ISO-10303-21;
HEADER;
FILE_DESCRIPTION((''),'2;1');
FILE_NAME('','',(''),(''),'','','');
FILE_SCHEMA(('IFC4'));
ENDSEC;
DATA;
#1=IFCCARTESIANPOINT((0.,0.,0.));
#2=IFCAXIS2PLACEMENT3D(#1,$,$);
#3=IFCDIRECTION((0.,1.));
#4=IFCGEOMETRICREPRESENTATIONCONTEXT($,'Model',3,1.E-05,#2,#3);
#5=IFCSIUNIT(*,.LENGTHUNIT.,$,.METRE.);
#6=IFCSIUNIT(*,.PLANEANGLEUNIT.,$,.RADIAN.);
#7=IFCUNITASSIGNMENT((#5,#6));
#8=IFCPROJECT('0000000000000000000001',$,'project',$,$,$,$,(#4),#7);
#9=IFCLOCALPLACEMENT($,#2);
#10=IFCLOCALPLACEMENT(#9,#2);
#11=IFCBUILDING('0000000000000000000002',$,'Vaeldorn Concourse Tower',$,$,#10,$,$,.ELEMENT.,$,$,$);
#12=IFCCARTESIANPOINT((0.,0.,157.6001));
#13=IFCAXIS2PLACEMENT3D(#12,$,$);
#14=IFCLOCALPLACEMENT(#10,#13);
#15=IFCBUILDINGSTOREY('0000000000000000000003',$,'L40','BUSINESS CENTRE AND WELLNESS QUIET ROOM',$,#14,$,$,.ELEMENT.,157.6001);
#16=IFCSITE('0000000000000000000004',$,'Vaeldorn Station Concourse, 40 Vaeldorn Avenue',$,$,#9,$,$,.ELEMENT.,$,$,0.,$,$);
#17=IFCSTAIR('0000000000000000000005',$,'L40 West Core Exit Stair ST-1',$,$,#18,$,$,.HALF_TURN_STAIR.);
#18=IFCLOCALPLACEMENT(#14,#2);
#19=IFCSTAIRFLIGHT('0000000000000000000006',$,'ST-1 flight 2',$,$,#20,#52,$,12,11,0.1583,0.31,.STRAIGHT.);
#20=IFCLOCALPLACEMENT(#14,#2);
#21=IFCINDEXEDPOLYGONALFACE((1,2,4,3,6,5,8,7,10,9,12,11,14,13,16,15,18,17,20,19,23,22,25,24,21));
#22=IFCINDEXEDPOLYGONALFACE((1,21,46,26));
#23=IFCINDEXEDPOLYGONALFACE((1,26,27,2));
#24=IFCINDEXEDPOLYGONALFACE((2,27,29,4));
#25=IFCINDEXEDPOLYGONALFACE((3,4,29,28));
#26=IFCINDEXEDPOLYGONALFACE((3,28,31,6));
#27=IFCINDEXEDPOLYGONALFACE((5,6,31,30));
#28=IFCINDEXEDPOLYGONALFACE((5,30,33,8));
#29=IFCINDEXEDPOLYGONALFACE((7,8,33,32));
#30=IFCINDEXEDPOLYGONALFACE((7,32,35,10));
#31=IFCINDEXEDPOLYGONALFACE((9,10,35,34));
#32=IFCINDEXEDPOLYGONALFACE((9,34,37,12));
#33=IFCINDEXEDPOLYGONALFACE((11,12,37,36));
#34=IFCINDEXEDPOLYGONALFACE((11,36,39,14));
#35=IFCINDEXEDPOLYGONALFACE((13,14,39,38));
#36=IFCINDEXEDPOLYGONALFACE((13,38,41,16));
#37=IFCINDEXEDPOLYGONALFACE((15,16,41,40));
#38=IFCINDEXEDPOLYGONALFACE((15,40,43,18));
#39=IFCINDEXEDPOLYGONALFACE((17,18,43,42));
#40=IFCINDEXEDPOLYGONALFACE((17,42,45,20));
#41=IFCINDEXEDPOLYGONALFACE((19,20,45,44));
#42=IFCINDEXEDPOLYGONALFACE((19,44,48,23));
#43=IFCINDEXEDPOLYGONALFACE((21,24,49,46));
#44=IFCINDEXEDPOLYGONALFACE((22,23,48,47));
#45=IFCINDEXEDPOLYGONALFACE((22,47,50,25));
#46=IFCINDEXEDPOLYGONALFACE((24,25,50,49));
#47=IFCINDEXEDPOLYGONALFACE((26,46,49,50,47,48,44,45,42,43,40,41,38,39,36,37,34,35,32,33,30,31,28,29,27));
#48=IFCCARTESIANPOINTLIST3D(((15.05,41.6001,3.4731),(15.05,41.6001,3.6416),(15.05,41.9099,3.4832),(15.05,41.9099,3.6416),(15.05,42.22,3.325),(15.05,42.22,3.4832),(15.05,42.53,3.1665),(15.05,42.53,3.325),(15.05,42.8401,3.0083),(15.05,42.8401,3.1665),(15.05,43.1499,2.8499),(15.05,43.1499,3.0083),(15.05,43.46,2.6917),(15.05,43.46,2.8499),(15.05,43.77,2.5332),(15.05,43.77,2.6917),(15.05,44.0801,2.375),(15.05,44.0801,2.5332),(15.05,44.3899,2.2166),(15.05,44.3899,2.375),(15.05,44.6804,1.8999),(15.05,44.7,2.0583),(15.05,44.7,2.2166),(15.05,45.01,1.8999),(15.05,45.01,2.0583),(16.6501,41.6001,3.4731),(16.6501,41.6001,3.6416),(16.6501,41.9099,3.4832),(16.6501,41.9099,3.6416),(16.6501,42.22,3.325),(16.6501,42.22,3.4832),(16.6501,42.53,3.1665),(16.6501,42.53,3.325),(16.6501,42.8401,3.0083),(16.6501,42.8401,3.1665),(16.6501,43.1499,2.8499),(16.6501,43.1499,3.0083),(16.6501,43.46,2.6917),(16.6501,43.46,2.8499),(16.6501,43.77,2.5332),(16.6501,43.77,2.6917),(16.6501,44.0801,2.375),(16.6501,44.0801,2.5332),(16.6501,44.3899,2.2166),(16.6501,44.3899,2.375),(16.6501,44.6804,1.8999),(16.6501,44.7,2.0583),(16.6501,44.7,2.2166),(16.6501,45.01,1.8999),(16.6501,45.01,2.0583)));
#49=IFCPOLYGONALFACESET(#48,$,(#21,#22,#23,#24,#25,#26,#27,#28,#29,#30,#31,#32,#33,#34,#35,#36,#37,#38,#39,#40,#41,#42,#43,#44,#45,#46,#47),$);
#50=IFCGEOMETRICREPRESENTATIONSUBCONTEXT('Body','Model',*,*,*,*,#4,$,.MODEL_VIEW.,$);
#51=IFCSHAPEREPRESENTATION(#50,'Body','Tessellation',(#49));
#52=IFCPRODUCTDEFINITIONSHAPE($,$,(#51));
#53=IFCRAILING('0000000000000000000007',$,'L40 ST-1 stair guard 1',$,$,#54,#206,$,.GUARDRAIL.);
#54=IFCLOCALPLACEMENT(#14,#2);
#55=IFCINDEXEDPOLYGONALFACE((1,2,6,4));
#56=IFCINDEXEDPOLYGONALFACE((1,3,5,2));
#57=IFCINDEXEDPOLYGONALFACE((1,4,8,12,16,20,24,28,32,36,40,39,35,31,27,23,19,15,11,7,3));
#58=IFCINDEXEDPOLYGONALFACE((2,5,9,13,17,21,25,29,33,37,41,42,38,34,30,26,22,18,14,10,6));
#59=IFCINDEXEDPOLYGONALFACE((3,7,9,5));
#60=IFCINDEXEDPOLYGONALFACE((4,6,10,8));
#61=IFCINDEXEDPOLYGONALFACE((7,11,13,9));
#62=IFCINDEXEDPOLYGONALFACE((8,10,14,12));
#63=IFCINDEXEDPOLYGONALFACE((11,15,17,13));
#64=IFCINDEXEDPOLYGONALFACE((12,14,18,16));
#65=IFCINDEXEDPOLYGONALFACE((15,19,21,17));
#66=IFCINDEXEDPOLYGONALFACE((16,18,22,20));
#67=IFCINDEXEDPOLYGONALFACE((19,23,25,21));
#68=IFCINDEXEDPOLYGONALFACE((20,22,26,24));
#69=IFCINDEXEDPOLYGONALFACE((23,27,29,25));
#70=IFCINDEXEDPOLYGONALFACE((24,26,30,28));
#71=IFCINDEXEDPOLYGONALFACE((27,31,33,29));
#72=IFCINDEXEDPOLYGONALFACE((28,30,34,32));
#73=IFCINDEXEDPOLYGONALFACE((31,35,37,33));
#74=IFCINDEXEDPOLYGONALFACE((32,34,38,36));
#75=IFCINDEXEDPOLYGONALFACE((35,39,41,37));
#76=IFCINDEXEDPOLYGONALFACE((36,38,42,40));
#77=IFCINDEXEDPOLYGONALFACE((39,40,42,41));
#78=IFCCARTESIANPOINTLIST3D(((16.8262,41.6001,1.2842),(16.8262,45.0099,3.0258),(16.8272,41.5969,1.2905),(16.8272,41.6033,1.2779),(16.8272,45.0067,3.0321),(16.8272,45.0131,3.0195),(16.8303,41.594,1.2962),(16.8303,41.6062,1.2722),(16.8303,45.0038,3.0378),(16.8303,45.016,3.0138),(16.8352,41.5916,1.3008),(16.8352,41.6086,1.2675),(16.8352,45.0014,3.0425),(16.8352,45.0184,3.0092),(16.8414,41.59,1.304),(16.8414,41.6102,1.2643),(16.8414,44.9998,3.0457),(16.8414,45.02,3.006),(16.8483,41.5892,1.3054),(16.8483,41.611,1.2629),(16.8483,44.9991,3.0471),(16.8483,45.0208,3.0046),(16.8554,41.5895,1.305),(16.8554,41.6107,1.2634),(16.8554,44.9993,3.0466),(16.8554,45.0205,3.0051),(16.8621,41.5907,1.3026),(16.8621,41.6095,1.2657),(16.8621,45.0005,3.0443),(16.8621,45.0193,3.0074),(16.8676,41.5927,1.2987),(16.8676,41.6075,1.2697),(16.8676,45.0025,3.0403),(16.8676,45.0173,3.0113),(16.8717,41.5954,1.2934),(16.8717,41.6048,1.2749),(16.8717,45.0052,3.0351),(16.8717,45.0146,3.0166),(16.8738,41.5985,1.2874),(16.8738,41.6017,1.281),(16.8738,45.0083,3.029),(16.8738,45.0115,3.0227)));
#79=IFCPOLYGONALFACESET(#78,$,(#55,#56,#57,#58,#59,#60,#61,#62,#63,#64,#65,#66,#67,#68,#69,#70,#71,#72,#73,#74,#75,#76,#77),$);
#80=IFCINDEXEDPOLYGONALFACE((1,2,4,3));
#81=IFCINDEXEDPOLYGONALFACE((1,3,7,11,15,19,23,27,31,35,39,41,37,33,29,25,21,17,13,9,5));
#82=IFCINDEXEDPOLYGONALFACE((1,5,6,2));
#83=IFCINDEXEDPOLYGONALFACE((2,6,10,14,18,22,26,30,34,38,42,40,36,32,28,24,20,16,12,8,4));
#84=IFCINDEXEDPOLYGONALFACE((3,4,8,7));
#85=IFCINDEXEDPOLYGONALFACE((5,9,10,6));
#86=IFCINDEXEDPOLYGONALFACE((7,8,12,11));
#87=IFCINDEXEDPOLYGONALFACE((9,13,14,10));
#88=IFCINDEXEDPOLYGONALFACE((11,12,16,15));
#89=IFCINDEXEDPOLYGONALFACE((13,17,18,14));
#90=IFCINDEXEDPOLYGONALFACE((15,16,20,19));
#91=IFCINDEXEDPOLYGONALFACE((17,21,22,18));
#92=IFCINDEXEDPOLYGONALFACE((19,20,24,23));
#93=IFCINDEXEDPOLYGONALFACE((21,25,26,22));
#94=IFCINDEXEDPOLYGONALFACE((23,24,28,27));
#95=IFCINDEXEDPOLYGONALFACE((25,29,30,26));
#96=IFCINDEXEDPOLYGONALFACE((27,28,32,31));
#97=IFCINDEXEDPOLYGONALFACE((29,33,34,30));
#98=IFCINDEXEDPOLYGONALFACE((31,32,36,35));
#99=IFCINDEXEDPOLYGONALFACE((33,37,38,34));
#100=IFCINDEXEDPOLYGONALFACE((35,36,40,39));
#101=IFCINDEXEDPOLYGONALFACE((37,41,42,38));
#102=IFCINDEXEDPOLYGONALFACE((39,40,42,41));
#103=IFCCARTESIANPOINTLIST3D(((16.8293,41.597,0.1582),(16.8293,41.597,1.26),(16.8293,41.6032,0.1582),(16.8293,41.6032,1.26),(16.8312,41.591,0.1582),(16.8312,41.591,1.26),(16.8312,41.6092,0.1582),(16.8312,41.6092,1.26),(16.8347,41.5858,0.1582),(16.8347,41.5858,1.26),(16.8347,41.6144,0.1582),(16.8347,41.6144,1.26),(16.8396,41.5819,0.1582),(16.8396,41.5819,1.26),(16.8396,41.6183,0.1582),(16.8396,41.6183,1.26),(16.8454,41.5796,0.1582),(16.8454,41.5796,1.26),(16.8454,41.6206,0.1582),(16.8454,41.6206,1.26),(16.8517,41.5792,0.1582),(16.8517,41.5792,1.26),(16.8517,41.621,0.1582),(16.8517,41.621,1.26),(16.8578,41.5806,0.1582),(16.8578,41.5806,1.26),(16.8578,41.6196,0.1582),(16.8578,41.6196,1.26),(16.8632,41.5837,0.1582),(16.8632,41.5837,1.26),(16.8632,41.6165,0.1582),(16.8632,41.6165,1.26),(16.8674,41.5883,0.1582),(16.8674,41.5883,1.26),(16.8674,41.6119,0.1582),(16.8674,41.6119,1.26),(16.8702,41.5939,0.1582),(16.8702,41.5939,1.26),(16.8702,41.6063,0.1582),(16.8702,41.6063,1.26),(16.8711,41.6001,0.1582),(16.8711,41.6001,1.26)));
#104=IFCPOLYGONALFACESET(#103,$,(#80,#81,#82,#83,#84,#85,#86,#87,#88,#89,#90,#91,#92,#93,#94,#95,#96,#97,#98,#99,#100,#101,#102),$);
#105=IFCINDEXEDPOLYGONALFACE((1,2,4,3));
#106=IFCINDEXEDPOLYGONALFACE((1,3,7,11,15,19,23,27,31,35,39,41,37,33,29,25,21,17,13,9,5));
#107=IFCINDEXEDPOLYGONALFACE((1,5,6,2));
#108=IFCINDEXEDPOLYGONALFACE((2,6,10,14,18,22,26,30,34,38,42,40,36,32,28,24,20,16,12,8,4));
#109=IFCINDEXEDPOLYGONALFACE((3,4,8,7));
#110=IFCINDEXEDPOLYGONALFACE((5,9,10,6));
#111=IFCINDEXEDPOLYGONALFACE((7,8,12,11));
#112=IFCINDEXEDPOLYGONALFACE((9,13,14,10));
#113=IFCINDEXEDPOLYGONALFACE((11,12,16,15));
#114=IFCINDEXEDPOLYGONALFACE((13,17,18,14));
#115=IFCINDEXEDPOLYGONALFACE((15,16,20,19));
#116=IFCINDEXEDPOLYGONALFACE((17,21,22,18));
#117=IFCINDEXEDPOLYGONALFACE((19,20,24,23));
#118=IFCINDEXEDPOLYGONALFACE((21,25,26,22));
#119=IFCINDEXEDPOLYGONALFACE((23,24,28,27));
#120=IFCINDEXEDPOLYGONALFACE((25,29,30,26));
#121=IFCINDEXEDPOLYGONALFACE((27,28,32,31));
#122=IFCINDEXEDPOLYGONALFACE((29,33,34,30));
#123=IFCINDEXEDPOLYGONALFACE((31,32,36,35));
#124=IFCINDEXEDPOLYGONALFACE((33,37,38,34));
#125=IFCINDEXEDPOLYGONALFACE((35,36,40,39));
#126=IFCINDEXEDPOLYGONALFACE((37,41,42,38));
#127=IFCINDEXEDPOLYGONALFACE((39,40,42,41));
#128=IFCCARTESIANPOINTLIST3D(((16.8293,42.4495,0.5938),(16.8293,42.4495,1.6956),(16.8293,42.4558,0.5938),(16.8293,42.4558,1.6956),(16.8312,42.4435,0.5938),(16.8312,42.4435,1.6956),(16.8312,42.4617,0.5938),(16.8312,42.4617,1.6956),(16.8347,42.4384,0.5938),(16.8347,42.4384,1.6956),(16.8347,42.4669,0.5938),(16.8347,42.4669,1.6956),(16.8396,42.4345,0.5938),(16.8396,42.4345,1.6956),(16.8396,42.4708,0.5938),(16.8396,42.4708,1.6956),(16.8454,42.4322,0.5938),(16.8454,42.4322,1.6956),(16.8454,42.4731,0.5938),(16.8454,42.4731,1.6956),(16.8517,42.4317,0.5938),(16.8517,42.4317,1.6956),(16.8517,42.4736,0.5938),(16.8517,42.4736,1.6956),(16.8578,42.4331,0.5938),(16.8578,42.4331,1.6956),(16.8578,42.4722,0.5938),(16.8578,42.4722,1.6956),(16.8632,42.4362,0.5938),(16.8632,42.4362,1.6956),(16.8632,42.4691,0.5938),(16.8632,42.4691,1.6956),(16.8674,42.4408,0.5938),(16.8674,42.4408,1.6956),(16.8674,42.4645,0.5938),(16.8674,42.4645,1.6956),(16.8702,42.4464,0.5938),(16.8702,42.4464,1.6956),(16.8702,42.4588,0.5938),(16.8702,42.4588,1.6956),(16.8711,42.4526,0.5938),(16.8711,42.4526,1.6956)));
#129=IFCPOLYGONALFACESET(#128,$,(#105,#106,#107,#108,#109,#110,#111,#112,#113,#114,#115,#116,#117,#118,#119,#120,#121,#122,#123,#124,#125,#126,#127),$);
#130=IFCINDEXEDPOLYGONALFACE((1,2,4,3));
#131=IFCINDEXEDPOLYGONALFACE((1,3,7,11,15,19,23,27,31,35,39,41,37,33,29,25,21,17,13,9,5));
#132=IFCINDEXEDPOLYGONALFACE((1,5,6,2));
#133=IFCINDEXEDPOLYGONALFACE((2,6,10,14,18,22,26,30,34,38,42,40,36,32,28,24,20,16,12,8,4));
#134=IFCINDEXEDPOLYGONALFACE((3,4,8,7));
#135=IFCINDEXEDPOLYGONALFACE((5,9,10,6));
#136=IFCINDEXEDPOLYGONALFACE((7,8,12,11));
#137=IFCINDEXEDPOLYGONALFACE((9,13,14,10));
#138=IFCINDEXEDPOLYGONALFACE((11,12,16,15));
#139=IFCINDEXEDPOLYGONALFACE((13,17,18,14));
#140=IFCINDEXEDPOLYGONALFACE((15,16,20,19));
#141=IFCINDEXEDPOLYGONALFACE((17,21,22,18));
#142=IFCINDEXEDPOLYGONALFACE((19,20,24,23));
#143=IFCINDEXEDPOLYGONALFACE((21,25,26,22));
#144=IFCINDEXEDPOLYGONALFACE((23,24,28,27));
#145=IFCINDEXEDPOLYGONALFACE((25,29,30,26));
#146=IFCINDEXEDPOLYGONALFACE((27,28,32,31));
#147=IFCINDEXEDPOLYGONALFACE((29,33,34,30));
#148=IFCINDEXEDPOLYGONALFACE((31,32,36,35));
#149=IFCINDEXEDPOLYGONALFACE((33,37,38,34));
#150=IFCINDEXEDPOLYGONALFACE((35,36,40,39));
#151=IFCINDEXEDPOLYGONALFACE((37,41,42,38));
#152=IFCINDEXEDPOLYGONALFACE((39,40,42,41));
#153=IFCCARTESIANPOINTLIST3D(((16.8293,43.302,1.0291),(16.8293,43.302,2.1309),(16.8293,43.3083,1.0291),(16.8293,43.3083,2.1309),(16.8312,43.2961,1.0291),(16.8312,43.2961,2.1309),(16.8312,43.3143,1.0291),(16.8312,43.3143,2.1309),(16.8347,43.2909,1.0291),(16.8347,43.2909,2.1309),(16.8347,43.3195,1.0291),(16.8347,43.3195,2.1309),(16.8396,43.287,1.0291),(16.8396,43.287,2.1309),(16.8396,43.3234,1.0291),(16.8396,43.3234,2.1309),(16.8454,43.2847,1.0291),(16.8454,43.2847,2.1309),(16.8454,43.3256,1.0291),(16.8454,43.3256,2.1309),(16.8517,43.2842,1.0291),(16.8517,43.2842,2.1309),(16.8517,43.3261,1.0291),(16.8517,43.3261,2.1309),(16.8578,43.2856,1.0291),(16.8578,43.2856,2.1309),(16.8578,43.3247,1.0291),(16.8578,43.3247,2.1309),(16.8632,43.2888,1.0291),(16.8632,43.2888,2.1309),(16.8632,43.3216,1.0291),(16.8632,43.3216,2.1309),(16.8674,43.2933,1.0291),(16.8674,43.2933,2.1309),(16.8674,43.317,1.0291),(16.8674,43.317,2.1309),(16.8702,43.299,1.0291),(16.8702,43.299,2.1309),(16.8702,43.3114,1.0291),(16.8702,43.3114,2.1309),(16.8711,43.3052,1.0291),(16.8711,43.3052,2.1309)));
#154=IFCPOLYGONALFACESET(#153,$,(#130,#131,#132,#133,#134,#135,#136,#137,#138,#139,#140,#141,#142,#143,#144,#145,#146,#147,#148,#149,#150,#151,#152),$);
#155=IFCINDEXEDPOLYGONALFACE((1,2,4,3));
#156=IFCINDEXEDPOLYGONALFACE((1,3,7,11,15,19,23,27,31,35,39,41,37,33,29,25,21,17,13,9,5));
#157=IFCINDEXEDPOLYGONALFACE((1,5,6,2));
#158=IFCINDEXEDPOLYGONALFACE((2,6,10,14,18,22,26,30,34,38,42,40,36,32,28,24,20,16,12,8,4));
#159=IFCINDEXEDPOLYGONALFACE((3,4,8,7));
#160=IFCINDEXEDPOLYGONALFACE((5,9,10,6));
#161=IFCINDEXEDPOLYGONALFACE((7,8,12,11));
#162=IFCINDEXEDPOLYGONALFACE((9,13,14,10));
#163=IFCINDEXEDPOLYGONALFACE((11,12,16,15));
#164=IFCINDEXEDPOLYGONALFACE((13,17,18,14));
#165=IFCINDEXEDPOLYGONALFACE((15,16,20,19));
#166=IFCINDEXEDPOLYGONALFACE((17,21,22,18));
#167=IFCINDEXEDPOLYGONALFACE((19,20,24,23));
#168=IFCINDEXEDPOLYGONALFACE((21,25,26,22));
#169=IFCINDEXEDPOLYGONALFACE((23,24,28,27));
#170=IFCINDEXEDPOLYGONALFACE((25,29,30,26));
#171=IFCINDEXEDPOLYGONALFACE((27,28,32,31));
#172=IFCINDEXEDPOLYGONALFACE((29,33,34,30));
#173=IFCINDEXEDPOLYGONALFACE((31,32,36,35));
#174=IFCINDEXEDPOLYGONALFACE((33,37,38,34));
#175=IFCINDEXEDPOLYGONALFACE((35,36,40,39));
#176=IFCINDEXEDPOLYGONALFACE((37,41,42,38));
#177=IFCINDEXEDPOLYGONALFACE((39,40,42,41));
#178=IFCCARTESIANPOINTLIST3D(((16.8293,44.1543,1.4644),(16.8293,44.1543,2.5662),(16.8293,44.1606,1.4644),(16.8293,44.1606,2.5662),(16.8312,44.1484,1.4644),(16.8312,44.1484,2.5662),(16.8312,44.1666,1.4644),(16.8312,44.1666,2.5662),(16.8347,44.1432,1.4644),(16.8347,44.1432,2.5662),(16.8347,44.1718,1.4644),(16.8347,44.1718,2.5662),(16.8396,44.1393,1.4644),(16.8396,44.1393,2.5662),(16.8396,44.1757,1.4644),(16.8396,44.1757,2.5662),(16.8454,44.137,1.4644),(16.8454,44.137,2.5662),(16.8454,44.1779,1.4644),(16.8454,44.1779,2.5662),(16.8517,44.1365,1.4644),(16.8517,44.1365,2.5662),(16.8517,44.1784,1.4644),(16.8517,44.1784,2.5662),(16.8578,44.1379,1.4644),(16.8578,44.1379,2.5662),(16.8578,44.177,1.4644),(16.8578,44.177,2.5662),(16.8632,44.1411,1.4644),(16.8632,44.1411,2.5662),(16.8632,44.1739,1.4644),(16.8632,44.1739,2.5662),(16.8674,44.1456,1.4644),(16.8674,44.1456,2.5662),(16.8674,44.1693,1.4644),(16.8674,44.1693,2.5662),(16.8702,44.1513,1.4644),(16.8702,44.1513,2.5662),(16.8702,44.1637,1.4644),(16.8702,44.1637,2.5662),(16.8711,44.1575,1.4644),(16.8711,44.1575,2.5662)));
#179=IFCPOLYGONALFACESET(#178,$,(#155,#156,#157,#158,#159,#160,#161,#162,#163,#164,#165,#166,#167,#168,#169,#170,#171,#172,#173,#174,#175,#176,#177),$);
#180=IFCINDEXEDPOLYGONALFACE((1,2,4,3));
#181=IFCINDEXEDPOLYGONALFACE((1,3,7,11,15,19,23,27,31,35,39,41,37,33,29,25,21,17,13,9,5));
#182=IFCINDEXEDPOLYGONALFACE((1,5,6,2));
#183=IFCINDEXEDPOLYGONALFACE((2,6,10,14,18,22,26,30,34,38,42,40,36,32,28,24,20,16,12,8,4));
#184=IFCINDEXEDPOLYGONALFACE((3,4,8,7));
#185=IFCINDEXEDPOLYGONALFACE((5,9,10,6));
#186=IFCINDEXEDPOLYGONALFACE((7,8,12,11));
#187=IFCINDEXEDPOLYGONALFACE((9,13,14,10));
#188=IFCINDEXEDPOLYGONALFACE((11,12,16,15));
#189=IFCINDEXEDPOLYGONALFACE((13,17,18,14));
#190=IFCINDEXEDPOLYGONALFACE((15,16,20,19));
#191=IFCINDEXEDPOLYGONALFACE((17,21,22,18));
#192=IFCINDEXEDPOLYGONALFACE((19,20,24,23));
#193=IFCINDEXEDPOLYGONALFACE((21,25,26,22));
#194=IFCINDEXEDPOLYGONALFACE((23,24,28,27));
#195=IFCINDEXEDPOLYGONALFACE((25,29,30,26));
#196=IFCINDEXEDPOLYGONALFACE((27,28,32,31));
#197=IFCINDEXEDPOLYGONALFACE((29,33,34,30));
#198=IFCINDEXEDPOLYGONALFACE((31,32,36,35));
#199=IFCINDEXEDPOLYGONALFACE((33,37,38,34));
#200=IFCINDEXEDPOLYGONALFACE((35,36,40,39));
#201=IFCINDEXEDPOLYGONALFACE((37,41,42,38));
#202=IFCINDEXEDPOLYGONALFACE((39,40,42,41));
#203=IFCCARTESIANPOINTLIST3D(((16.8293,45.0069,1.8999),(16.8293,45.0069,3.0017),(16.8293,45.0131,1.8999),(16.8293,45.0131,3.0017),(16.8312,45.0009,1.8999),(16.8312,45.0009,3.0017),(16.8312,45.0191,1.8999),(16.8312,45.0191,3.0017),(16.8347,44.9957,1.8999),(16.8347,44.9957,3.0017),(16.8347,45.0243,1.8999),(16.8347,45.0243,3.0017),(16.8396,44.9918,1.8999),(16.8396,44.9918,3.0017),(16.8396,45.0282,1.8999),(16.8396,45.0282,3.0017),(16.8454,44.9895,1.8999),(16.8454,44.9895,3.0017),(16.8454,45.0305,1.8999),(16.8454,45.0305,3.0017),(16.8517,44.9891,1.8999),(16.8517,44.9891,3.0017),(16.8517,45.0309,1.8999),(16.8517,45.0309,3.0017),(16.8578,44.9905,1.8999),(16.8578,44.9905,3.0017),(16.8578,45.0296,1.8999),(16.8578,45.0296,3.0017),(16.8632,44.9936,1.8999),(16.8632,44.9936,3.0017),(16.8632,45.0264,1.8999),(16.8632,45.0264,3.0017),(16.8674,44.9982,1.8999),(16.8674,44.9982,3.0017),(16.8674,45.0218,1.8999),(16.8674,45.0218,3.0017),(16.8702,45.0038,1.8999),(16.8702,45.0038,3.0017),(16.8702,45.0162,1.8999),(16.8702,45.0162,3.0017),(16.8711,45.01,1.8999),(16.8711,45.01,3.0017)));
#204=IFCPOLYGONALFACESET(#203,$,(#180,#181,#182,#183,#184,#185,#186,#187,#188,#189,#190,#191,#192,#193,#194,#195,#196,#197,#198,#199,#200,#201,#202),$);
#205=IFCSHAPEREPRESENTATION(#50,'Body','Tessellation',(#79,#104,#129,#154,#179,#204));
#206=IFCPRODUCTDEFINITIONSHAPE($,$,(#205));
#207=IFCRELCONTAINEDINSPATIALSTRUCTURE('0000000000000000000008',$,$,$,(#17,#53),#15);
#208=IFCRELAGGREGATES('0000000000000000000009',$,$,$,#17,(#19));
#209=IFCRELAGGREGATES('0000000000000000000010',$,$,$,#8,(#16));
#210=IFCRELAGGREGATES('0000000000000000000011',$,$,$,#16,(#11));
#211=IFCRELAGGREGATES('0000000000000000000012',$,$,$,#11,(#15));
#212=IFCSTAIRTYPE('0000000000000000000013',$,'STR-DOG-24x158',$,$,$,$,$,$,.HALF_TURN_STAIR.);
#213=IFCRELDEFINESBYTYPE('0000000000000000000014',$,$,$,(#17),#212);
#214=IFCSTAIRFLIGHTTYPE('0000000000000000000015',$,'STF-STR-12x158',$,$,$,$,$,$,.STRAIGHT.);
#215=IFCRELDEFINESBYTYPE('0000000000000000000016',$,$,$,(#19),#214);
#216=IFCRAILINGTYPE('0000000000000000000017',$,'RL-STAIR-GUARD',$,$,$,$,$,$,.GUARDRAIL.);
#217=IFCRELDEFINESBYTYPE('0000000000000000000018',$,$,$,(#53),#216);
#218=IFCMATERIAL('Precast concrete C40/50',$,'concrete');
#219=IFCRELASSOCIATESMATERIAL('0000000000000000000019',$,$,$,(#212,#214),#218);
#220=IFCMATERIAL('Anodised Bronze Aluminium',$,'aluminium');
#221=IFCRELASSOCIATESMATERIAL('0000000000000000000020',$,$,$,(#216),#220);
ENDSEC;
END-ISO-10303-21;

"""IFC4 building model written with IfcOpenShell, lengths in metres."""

from ifc_helpers import new_model, si_unit, direction, frame, origin, origin_2d, place, context, subcontext, project, spatial, polyline, circle, outline, extrude, material, type_object, element, aggregate, save


model = new_model("IFC4")

# Units and contexts
model_context = context("Model", 3, precision=1e-05, world=origin(), true_north=direction((0.0, 1.0)))
body_context = subcontext(model_context, "Body", "Model", "MODEL_VIEW")
ifc_project = project(units=[si_unit("LENGTHUNIT", "METRE"), si_unit("PLANEANGLEUNIT", "RADIAN")], contexts=[model_context])

# Site, building, storey
site_placement = place(None, origin())
site = spatial("IfcSite", under=ifc_project, at=site_placement, Name="Vaeldorn Station Concourse, 40 Vaeldorn Avenue", CompositionType="ELEMENT", RefElevation=0.0)
building_placement = place(site_placement, origin())
building = spatial("IfcBuilding", under=site, at=building_placement, Name="Vaeldorn Concourse Tower", CompositionType="ELEMENT")
storey_placement = place(building_placement, frame((0.0, 0.0, 157.6001)))
storey = spatial("IfcBuildingStorey", under=building, at=storey_placement, Name="L40", Description="BUSINESS CENTRE AND WELLNESS QUIET ROOM", CompositionType="ELEMENT", Elevation=157.6001)

# Stair, stair flight
ifc_material_1 = material(Name="Precast concrete C40/50", Category="concrete")
stair_type = type_object("IfcStairType", Name="STR-DOG-24x158", PredefinedType="HALF_TURN_STAIR", material=ifc_material_1)
stair_placement = place(storey_placement, origin())
stair = element("IfcStair", 1, at=stair_placement, inside=storey, type_object=stair_type, Name="L40 West Core Exit Stair ST-1", PredefinedType="HALF_TURN_STAIR")
stair_flight_type = type_object("IfcStairFlightType", Name="STF-STR-12x158", PredefinedType="STRAIGHT", material=ifc_material_1)
stair_flight_1_placement = place(storey_placement, frame((15.8501, 45.01, 1.8999), z_axis=(0.0, 0.0, 1.0), x_axis=(0.0, -1.0, 0.0)))
stair_flight_1 = element("IfcStairFlight", 2, at=stair_flight_1_placement, type_object=stair_flight_type, Name="ST-1 flight 2", NumberOfRisers=12, NumberOfTreads=11, PredefinedType="STRAIGHT", RiserHeight=0.1583, TreadLength=0.31, context=body_context, shape_type="SweptSolid", body=[
    extrude(outline(polyline([(0.0, 0.0), (0.0, 0.1584), (0.3101, 0.1584), (0.3101, 0.3167), (0.6201, 0.3167), (0.6201, 0.4751), (0.9299, 0.4751), (0.9299, 0.6333), (1.24, 0.6333), (1.24, 0.7917), (1.55, 0.7917), (1.55, 0.95), (1.8601, 0.95), (1.8601, 1.1084), (2.1699, 1.1084), (2.1699, 1.2666), (2.48, 1.2666), (2.48, 1.425), (2.79, 1.425), (2.79, 1.5833), (3.1001, 1.5833), (3.1001, 1.7417), (3.4099, 1.7417), (3.4099, 1.8999), (3.4099, 1.5732), (0.3296, 0.0), (0.0, 0.0)])), frame((0.0, 0.8, 0.0), z_axis=(0.0, -1.0, 0.0), x_axis=(1.0, 0.0, 0.0)), (0.0, 0.0, 1.0), 1.6001),
])
aggregate(stair, [stair_flight_1])

# Railing
ifc_material_2 = material(Name="Anodised Bronze Aluminium", Category="aluminium")
railing_type_1 = type_object("IfcRailingType", Name="RL-STAIR-GUARD", PredefinedType="GUARDRAIL", material=ifc_material_2)
railing_1_placement = place(storey_placement, frame((16.8501, 41.6001, 0.1582)))
element("IfcRailing", 3, at=railing_1_placement, inside=storey, type_object=railing_type_1, Name="L40 ST-1 stair guard 1", PredefinedType="GUARDRAIL", context=body_context, shape_type="SweptSolid", body=[
    extrude(circle(Radius=0.0239, at=origin_2d()), frame((0.0, 0.0, 1.126), z_axis=(0.0, 0.890556, 0.454874), x_axis=(-1.0, 0.0, 0.0)), (0.0, 0.0, 1.0), 3.8289),
    extrude(circle(Radius=0.021, at=origin_2d()), origin(), (0.0, 0.0, 1.0), 1.1018),
    extrude(circle(Radius=0.021, at=origin_2d()), frame((0.0, 0.8525, 0.4355)), (0.0, 0.0, 1.0), 1.1018),
    extrude(circle(Radius=0.021, at=origin_2d()), frame((0.0, 1.7051, 0.8708)), (0.0, 0.0, 1.0), 1.1018),
    extrude(circle(Radius=0.021, at=origin_2d()), frame((0.0, 2.5574, 1.3062)), (0.0, 0.0, 1.0), 1.1018),
    extrude(circle(Radius=0.021, at=origin_2d()), frame((0.0, 3.4099, 1.7417)), (0.0, 0.0, 1.0), 1.1018),
])

save(model, "model.ifc")
